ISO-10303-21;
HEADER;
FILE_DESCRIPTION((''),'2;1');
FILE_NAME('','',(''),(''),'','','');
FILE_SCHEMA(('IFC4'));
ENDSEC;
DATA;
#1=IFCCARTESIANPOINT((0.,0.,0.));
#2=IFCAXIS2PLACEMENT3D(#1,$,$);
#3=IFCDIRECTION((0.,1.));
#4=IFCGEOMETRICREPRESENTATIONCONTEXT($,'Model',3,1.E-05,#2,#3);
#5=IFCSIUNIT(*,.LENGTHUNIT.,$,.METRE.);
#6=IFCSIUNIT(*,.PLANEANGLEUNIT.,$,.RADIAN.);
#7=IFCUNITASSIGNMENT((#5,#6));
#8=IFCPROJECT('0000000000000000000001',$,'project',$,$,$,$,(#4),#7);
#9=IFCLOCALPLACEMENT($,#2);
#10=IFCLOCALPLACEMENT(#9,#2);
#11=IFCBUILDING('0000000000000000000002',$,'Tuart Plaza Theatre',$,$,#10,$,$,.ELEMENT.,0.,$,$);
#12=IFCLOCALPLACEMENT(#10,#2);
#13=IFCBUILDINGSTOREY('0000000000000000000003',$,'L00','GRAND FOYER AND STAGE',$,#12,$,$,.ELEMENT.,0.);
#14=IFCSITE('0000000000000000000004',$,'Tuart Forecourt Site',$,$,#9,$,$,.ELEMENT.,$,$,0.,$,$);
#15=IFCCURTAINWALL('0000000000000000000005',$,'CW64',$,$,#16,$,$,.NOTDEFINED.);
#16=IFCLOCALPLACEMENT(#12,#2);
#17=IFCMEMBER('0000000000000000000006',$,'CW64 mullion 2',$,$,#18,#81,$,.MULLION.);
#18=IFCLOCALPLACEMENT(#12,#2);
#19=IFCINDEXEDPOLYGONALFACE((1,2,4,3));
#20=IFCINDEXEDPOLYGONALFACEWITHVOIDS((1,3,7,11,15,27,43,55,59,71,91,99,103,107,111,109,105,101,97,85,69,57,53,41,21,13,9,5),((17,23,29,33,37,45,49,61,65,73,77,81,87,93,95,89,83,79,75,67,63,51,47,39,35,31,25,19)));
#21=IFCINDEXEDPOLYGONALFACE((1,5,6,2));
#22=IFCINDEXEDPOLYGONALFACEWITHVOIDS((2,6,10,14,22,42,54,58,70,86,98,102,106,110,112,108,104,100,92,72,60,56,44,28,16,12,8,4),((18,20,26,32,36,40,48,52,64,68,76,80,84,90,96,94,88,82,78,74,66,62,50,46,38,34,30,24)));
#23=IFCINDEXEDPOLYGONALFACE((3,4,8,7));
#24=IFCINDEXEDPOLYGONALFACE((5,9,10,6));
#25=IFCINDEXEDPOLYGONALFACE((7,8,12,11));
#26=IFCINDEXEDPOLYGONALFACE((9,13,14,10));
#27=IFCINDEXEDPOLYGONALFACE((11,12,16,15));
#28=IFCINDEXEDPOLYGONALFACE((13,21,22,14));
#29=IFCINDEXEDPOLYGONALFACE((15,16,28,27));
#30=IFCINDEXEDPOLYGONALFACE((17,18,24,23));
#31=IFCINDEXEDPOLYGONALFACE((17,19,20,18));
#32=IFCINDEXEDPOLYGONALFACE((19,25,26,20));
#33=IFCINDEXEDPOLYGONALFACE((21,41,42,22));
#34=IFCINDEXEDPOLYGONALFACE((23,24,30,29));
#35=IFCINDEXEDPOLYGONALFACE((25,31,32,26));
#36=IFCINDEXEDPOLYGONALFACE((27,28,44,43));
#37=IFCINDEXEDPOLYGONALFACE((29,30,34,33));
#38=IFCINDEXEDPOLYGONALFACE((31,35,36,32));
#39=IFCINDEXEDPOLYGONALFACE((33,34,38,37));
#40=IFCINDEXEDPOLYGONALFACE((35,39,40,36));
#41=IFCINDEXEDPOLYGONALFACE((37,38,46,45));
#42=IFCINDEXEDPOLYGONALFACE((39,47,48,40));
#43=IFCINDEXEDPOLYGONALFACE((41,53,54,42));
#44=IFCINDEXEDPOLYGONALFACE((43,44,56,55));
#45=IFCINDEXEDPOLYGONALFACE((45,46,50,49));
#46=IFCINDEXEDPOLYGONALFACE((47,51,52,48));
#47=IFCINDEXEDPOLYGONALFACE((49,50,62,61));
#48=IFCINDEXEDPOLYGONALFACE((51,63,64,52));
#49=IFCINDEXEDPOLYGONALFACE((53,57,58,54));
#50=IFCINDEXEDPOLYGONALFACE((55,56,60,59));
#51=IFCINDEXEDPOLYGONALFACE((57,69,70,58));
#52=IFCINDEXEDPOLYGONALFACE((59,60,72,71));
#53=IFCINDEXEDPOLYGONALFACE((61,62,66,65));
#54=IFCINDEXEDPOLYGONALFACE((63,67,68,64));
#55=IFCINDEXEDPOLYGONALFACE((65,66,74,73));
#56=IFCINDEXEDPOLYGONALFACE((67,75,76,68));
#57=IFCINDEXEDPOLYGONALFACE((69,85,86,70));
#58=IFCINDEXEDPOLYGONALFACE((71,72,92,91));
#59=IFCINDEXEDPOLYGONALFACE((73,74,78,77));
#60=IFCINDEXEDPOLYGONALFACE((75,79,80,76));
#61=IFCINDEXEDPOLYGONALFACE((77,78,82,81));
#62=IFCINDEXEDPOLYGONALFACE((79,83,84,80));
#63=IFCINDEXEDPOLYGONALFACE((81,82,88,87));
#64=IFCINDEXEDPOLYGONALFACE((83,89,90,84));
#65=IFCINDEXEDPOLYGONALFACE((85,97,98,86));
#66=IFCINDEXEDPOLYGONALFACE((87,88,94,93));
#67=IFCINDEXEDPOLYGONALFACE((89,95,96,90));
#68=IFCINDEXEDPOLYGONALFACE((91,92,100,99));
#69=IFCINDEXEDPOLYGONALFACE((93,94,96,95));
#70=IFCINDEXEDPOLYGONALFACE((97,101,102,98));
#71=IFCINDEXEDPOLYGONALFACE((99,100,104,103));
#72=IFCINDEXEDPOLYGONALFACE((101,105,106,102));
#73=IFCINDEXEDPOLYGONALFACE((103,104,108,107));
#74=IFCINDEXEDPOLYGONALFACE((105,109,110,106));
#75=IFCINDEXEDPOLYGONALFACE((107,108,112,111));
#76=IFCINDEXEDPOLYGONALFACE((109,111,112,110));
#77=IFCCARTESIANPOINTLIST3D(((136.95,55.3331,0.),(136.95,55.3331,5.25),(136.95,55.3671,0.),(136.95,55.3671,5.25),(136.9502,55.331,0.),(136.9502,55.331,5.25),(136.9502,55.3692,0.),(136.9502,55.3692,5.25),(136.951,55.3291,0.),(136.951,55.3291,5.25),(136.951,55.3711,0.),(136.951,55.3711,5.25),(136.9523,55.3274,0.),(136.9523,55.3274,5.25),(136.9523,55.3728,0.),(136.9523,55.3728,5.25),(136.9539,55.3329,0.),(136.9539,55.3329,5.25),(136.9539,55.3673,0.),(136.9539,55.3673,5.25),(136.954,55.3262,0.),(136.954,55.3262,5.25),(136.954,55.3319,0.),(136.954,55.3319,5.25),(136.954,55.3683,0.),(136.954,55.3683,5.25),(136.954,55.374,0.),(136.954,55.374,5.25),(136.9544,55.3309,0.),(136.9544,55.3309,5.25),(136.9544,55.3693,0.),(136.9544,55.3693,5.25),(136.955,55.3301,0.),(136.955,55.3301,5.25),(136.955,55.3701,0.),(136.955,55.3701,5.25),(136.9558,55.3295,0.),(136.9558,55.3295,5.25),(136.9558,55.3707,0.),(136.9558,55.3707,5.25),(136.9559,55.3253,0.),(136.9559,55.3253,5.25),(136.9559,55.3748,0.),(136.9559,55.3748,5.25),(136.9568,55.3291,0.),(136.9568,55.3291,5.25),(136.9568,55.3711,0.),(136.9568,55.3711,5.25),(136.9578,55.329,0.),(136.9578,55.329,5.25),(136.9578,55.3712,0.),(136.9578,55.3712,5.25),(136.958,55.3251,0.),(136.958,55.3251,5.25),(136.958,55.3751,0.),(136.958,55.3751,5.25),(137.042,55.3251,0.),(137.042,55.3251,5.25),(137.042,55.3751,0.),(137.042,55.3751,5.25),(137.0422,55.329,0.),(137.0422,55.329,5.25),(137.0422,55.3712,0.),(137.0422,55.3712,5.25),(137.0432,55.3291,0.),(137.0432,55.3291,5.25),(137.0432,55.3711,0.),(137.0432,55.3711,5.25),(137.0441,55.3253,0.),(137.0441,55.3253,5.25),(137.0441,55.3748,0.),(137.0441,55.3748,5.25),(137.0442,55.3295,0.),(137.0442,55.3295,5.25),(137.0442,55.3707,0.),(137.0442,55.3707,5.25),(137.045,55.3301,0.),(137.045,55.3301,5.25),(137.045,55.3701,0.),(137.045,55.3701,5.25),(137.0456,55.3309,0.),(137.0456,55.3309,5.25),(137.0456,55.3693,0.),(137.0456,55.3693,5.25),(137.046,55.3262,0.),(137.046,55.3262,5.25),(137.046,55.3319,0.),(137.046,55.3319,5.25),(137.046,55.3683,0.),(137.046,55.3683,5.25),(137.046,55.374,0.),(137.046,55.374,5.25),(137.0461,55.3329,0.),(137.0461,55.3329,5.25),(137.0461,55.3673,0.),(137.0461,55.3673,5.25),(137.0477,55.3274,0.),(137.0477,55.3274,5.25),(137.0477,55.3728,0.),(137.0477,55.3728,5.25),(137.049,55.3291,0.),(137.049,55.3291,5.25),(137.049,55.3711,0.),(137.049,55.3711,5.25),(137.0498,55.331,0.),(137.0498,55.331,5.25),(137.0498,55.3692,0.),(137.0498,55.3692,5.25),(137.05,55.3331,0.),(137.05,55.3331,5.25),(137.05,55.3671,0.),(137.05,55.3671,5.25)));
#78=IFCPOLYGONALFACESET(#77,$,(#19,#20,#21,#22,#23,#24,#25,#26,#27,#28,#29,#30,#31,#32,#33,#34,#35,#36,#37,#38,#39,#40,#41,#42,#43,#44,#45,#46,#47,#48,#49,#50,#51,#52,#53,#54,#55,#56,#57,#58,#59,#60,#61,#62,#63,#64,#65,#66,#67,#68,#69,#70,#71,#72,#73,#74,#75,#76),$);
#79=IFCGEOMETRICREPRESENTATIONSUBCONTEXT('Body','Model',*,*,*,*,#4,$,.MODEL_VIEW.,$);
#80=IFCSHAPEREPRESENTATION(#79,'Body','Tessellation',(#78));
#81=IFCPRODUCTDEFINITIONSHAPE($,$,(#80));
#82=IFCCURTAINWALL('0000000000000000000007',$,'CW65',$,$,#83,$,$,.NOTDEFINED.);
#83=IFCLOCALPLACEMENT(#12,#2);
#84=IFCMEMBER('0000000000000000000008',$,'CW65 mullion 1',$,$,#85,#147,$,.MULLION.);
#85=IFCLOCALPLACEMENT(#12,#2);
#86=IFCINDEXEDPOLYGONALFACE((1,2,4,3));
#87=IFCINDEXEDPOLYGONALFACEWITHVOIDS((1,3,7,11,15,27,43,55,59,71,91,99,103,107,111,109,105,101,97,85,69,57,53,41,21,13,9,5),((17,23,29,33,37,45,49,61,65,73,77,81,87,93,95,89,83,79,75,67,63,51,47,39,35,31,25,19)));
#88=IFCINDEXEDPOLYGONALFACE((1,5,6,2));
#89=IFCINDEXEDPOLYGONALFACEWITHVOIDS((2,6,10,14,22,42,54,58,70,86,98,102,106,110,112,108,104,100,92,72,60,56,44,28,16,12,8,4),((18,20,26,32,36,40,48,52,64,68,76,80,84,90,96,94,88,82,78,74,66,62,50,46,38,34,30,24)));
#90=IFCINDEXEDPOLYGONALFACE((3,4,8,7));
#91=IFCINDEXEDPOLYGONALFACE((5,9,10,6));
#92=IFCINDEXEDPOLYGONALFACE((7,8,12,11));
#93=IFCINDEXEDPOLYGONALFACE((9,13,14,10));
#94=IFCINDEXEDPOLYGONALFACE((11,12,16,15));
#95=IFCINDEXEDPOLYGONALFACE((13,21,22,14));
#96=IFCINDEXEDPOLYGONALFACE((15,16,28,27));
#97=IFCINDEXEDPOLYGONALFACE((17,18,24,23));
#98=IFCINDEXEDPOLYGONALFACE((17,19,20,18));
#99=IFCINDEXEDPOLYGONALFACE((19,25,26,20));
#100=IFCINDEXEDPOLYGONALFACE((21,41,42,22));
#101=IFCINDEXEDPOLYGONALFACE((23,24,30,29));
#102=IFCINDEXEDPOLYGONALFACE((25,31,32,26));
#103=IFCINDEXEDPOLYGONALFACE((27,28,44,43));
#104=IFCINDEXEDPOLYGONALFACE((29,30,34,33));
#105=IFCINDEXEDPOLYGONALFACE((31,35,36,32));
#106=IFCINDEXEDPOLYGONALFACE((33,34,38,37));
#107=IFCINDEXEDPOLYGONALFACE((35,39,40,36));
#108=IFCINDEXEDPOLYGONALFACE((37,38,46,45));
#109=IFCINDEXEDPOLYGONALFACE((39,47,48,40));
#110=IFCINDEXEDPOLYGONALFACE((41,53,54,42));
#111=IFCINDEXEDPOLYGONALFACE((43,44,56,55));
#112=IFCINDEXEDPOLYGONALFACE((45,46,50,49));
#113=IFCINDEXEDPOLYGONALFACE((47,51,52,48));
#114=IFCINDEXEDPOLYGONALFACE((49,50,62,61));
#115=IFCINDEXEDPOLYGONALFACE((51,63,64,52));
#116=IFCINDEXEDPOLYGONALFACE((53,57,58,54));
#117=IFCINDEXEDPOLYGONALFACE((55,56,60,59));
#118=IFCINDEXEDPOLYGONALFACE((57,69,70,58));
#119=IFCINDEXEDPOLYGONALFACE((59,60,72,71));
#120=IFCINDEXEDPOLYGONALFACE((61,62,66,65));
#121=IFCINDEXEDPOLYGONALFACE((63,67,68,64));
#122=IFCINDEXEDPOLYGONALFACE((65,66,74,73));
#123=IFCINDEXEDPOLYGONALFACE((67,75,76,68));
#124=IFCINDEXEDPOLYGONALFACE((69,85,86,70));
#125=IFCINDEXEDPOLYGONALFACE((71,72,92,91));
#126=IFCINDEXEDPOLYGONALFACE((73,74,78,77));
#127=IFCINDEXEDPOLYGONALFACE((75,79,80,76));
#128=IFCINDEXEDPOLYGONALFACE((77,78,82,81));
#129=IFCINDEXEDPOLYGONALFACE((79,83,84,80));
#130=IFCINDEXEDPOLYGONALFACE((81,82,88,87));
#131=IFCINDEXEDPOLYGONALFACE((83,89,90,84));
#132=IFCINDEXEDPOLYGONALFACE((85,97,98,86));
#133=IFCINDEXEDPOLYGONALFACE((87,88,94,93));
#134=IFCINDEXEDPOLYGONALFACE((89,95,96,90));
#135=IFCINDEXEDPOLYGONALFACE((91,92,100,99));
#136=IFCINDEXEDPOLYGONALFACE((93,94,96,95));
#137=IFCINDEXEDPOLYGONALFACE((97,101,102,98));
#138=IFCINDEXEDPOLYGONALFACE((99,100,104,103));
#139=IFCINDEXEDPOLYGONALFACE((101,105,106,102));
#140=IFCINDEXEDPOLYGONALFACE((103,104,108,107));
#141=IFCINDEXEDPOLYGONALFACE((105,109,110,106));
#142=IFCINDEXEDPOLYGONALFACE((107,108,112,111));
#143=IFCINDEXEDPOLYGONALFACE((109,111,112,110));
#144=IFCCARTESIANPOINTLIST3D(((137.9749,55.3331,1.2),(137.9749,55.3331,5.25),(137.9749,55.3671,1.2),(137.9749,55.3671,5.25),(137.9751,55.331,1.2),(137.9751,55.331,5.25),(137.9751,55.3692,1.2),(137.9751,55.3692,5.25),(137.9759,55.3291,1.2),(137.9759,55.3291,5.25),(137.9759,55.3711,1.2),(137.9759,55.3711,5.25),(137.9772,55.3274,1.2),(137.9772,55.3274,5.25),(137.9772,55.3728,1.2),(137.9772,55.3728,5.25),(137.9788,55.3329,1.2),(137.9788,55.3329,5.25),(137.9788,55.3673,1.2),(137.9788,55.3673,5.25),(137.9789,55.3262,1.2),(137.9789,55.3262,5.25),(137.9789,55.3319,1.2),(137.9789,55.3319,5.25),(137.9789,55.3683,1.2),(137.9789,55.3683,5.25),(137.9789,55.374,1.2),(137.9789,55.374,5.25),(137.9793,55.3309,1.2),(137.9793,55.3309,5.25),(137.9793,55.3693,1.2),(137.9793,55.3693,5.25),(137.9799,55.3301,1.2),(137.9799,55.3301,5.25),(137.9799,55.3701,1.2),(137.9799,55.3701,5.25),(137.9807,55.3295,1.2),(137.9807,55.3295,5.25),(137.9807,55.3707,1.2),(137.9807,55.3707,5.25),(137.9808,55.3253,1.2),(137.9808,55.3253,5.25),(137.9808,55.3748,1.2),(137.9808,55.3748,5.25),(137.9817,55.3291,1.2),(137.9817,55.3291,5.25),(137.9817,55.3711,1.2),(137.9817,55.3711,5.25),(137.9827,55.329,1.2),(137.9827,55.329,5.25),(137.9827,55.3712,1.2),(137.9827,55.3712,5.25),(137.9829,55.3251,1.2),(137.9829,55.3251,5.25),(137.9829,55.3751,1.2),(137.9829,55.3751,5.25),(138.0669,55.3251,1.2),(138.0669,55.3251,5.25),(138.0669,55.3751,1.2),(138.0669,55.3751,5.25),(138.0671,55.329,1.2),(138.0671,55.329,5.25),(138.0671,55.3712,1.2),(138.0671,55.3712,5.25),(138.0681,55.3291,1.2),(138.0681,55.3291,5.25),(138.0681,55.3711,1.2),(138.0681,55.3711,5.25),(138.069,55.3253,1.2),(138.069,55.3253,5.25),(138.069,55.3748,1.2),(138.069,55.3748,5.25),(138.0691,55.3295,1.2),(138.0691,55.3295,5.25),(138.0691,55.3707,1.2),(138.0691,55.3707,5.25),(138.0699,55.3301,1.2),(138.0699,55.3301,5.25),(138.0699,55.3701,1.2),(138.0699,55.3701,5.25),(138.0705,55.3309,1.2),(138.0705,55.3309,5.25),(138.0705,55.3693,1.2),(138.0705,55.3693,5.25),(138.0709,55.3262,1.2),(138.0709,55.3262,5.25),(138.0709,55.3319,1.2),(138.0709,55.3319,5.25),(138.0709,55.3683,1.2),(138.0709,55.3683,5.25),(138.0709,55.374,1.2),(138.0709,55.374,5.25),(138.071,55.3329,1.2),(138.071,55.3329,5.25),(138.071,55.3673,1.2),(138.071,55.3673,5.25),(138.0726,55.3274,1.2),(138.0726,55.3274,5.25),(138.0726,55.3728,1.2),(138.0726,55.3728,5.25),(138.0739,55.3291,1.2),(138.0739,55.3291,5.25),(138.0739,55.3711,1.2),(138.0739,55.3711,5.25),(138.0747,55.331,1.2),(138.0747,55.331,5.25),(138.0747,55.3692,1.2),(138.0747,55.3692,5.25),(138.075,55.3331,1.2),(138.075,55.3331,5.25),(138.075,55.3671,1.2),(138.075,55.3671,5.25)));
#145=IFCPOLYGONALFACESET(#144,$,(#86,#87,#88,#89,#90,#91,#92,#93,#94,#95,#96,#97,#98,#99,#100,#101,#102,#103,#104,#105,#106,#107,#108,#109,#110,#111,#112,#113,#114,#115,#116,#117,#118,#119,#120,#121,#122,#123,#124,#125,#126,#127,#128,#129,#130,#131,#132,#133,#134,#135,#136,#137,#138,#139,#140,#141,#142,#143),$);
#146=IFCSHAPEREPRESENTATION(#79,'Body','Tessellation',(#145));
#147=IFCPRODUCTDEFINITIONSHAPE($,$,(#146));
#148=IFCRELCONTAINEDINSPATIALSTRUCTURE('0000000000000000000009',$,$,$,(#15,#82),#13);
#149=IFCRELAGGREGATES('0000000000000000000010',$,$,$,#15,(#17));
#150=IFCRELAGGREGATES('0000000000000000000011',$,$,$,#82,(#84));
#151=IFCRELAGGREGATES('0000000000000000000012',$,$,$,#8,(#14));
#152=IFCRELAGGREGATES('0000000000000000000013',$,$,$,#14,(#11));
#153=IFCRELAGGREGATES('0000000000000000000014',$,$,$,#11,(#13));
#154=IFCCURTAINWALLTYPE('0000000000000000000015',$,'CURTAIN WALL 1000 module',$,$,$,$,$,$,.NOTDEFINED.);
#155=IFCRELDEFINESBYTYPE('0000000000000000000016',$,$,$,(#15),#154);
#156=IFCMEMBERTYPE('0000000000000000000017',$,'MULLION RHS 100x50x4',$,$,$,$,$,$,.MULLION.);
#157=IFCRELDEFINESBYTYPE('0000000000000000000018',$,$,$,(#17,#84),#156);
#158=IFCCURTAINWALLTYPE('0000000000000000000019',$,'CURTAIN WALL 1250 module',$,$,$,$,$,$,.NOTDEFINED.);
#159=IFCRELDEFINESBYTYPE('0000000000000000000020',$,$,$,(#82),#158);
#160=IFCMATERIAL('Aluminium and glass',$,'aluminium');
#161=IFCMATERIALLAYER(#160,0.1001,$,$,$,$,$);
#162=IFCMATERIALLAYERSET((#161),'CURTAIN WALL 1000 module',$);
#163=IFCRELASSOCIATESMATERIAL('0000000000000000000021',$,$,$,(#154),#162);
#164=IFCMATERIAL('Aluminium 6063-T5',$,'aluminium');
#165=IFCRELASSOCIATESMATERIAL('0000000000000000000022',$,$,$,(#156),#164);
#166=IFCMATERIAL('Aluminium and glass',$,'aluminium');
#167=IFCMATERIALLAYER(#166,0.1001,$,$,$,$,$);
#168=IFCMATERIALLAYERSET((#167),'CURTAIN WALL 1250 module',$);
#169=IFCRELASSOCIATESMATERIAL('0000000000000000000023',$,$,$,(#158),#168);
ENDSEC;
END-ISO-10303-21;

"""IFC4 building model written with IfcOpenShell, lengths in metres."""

from ifc_helpers import new_model, si_unit, direction, frame, origin, origin_2d, place, context, subcontext, project, spatial, hollow_rectangle, extrude, material, layer, layer_set, material_profile, profile_set, type_object, element, aggregate, save


model = new_model("IFC4")

# Units and contexts
model_context = context("Model", 3, precision=1e-05, world=origin(), true_north=direction((0.0, 1.0)))
body_context = subcontext(model_context, "Body", "Model", "MODEL_VIEW")
ifc_project = project(units=[si_unit("LENGTHUNIT", "METRE"), si_unit("PLANEANGLEUNIT", "RADIAN")], contexts=[model_context])

# Site, building, storey
site_placement = place(None, origin())
site = spatial("IfcSite", under=ifc_project, at=site_placement, Name="Tuart Forecourt Site", CompositionType="ELEMENT", RefElevation=0.0)
building_placement = place(site_placement, origin())
building = spatial("IfcBuilding", under=site, at=building_placement, Name="Tuart Plaza Theatre", CompositionType="ELEMENT", ElevationOfRefHeight=0.0)
storey_placement = place(building_placement, origin())
storey = spatial("IfcBuildingStorey", under=building, at=storey_placement, Name="L00", Description="GRAND FOYER AND STAGE", CompositionType="ELEMENT", Elevation=0.0)

# Curtain walls, members
ifc_material_1 = material(Name="Aluminium and glass", Category="aluminium")
ifc_layer_1 = layer(ifc_material_1, 0.1001)
ifc_layer_set_1 = layer_set([ifc_layer_1], Name="CURTAIN WALL 1000 module")
curtain_wall_type_1 = type_object("IfcCurtainWallType", Name="CURTAIN WALL 1000 module", PredefinedType="NOTDEFINED", material=ifc_layer_set_1)
curtain_wall_1_placement = place(storey_placement, origin())
curtain_wall_1 = element("IfcCurtainWall", 1, at=curtain_wall_1_placement, inside=storey, type_object=curtain_wall_type_1, Name="CW64", PredefinedType="NOTDEFINED")
ifc_material_2 = material(Name="Aluminium 6063-T5", Category="aluminium")
ifc_material_profile_1 = material_profile(ifc_material_2, hollow_rectangle(XDim=0.05, YDim=0.1001, WallThickness=0.0039, InnerFilletRadius=0.0039, OuterFilletRadius=0.0081, at=origin_2d()), Name="RHS 100x50x4")
ifc_profile_set_1 = profile_set([ifc_material_profile_1], Name="Aluminium 6063-T5")
member_type_1 = type_object("IfcMemberType", Name="MULLION RHS 100x50x4", PredefinedType="MULLION", material=ifc_profile_set_1)
member_1_placement = place(storey_placement, frame((137.0, 55.3501, 0.0), z_axis=(0.0, 0.0, 1.0), x_axis=(0.0, 1.0, 0.0)))
member_1 = element("IfcMember", 2, at=member_1_placement, type_object=member_type_1, Name="CW64 mullion 2", PredefinedType="MULLION", context=body_context, shape_type="SweptSolid", body=[
    extrude(hollow_rectangle(XDim=0.05, YDim=0.1001, WallThickness=0.0039, InnerFilletRadius=0.0039, OuterFilletRadius=0.0081, at=origin_2d()), origin(), (0.0, 0.0, 1.0), 5.25),
])
ifc_material_3 = material(Name="Aluminium and glass", Category="aluminium")
ifc_layer_2 = layer(ifc_material_3, 0.1001)
ifc_layer_set_2 = layer_set([ifc_layer_2], Name="CURTAIN WALL 1250 module")
curtain_wall_type_2 = type_object("IfcCurtainWallType", Name="CURTAIN WALL 1250 module", PredefinedType="NOTDEFINED", material=ifc_layer_set_2)
curtain_wall_2_placement = place(storey_placement, origin())
curtain_wall_2 = element("IfcCurtainWall", 3, at=curtain_wall_2_placement, inside=storey, type_object=curtain_wall_type_2, Name="CW65", PredefinedType="NOTDEFINED")
member_2_placement = place(storey_placement, frame((138.0249, 55.3501, 1.2), z_axis=(0.0, 0.0, 1.0), x_axis=(0.0, 1.0, 0.0)))
member_2 = element("IfcMember", 4, at=member_2_placement, type_object=member_type_1, Name="CW65 mullion 1", PredefinedType="MULLION", context=body_context, shape_type="SweptSolid", body=[
    extrude(hollow_rectangle(XDim=0.05, YDim=0.1001, WallThickness=0.0039, InnerFilletRadius=0.0039, OuterFilletRadius=0.0081, at=origin_2d()), origin(), (0.0, 0.0, 1.0), 4.05),
])

aggregate(curtain_wall_1, [member_1])
aggregate(curtain_wall_2, [member_2])

save(model, "model.ifc")
